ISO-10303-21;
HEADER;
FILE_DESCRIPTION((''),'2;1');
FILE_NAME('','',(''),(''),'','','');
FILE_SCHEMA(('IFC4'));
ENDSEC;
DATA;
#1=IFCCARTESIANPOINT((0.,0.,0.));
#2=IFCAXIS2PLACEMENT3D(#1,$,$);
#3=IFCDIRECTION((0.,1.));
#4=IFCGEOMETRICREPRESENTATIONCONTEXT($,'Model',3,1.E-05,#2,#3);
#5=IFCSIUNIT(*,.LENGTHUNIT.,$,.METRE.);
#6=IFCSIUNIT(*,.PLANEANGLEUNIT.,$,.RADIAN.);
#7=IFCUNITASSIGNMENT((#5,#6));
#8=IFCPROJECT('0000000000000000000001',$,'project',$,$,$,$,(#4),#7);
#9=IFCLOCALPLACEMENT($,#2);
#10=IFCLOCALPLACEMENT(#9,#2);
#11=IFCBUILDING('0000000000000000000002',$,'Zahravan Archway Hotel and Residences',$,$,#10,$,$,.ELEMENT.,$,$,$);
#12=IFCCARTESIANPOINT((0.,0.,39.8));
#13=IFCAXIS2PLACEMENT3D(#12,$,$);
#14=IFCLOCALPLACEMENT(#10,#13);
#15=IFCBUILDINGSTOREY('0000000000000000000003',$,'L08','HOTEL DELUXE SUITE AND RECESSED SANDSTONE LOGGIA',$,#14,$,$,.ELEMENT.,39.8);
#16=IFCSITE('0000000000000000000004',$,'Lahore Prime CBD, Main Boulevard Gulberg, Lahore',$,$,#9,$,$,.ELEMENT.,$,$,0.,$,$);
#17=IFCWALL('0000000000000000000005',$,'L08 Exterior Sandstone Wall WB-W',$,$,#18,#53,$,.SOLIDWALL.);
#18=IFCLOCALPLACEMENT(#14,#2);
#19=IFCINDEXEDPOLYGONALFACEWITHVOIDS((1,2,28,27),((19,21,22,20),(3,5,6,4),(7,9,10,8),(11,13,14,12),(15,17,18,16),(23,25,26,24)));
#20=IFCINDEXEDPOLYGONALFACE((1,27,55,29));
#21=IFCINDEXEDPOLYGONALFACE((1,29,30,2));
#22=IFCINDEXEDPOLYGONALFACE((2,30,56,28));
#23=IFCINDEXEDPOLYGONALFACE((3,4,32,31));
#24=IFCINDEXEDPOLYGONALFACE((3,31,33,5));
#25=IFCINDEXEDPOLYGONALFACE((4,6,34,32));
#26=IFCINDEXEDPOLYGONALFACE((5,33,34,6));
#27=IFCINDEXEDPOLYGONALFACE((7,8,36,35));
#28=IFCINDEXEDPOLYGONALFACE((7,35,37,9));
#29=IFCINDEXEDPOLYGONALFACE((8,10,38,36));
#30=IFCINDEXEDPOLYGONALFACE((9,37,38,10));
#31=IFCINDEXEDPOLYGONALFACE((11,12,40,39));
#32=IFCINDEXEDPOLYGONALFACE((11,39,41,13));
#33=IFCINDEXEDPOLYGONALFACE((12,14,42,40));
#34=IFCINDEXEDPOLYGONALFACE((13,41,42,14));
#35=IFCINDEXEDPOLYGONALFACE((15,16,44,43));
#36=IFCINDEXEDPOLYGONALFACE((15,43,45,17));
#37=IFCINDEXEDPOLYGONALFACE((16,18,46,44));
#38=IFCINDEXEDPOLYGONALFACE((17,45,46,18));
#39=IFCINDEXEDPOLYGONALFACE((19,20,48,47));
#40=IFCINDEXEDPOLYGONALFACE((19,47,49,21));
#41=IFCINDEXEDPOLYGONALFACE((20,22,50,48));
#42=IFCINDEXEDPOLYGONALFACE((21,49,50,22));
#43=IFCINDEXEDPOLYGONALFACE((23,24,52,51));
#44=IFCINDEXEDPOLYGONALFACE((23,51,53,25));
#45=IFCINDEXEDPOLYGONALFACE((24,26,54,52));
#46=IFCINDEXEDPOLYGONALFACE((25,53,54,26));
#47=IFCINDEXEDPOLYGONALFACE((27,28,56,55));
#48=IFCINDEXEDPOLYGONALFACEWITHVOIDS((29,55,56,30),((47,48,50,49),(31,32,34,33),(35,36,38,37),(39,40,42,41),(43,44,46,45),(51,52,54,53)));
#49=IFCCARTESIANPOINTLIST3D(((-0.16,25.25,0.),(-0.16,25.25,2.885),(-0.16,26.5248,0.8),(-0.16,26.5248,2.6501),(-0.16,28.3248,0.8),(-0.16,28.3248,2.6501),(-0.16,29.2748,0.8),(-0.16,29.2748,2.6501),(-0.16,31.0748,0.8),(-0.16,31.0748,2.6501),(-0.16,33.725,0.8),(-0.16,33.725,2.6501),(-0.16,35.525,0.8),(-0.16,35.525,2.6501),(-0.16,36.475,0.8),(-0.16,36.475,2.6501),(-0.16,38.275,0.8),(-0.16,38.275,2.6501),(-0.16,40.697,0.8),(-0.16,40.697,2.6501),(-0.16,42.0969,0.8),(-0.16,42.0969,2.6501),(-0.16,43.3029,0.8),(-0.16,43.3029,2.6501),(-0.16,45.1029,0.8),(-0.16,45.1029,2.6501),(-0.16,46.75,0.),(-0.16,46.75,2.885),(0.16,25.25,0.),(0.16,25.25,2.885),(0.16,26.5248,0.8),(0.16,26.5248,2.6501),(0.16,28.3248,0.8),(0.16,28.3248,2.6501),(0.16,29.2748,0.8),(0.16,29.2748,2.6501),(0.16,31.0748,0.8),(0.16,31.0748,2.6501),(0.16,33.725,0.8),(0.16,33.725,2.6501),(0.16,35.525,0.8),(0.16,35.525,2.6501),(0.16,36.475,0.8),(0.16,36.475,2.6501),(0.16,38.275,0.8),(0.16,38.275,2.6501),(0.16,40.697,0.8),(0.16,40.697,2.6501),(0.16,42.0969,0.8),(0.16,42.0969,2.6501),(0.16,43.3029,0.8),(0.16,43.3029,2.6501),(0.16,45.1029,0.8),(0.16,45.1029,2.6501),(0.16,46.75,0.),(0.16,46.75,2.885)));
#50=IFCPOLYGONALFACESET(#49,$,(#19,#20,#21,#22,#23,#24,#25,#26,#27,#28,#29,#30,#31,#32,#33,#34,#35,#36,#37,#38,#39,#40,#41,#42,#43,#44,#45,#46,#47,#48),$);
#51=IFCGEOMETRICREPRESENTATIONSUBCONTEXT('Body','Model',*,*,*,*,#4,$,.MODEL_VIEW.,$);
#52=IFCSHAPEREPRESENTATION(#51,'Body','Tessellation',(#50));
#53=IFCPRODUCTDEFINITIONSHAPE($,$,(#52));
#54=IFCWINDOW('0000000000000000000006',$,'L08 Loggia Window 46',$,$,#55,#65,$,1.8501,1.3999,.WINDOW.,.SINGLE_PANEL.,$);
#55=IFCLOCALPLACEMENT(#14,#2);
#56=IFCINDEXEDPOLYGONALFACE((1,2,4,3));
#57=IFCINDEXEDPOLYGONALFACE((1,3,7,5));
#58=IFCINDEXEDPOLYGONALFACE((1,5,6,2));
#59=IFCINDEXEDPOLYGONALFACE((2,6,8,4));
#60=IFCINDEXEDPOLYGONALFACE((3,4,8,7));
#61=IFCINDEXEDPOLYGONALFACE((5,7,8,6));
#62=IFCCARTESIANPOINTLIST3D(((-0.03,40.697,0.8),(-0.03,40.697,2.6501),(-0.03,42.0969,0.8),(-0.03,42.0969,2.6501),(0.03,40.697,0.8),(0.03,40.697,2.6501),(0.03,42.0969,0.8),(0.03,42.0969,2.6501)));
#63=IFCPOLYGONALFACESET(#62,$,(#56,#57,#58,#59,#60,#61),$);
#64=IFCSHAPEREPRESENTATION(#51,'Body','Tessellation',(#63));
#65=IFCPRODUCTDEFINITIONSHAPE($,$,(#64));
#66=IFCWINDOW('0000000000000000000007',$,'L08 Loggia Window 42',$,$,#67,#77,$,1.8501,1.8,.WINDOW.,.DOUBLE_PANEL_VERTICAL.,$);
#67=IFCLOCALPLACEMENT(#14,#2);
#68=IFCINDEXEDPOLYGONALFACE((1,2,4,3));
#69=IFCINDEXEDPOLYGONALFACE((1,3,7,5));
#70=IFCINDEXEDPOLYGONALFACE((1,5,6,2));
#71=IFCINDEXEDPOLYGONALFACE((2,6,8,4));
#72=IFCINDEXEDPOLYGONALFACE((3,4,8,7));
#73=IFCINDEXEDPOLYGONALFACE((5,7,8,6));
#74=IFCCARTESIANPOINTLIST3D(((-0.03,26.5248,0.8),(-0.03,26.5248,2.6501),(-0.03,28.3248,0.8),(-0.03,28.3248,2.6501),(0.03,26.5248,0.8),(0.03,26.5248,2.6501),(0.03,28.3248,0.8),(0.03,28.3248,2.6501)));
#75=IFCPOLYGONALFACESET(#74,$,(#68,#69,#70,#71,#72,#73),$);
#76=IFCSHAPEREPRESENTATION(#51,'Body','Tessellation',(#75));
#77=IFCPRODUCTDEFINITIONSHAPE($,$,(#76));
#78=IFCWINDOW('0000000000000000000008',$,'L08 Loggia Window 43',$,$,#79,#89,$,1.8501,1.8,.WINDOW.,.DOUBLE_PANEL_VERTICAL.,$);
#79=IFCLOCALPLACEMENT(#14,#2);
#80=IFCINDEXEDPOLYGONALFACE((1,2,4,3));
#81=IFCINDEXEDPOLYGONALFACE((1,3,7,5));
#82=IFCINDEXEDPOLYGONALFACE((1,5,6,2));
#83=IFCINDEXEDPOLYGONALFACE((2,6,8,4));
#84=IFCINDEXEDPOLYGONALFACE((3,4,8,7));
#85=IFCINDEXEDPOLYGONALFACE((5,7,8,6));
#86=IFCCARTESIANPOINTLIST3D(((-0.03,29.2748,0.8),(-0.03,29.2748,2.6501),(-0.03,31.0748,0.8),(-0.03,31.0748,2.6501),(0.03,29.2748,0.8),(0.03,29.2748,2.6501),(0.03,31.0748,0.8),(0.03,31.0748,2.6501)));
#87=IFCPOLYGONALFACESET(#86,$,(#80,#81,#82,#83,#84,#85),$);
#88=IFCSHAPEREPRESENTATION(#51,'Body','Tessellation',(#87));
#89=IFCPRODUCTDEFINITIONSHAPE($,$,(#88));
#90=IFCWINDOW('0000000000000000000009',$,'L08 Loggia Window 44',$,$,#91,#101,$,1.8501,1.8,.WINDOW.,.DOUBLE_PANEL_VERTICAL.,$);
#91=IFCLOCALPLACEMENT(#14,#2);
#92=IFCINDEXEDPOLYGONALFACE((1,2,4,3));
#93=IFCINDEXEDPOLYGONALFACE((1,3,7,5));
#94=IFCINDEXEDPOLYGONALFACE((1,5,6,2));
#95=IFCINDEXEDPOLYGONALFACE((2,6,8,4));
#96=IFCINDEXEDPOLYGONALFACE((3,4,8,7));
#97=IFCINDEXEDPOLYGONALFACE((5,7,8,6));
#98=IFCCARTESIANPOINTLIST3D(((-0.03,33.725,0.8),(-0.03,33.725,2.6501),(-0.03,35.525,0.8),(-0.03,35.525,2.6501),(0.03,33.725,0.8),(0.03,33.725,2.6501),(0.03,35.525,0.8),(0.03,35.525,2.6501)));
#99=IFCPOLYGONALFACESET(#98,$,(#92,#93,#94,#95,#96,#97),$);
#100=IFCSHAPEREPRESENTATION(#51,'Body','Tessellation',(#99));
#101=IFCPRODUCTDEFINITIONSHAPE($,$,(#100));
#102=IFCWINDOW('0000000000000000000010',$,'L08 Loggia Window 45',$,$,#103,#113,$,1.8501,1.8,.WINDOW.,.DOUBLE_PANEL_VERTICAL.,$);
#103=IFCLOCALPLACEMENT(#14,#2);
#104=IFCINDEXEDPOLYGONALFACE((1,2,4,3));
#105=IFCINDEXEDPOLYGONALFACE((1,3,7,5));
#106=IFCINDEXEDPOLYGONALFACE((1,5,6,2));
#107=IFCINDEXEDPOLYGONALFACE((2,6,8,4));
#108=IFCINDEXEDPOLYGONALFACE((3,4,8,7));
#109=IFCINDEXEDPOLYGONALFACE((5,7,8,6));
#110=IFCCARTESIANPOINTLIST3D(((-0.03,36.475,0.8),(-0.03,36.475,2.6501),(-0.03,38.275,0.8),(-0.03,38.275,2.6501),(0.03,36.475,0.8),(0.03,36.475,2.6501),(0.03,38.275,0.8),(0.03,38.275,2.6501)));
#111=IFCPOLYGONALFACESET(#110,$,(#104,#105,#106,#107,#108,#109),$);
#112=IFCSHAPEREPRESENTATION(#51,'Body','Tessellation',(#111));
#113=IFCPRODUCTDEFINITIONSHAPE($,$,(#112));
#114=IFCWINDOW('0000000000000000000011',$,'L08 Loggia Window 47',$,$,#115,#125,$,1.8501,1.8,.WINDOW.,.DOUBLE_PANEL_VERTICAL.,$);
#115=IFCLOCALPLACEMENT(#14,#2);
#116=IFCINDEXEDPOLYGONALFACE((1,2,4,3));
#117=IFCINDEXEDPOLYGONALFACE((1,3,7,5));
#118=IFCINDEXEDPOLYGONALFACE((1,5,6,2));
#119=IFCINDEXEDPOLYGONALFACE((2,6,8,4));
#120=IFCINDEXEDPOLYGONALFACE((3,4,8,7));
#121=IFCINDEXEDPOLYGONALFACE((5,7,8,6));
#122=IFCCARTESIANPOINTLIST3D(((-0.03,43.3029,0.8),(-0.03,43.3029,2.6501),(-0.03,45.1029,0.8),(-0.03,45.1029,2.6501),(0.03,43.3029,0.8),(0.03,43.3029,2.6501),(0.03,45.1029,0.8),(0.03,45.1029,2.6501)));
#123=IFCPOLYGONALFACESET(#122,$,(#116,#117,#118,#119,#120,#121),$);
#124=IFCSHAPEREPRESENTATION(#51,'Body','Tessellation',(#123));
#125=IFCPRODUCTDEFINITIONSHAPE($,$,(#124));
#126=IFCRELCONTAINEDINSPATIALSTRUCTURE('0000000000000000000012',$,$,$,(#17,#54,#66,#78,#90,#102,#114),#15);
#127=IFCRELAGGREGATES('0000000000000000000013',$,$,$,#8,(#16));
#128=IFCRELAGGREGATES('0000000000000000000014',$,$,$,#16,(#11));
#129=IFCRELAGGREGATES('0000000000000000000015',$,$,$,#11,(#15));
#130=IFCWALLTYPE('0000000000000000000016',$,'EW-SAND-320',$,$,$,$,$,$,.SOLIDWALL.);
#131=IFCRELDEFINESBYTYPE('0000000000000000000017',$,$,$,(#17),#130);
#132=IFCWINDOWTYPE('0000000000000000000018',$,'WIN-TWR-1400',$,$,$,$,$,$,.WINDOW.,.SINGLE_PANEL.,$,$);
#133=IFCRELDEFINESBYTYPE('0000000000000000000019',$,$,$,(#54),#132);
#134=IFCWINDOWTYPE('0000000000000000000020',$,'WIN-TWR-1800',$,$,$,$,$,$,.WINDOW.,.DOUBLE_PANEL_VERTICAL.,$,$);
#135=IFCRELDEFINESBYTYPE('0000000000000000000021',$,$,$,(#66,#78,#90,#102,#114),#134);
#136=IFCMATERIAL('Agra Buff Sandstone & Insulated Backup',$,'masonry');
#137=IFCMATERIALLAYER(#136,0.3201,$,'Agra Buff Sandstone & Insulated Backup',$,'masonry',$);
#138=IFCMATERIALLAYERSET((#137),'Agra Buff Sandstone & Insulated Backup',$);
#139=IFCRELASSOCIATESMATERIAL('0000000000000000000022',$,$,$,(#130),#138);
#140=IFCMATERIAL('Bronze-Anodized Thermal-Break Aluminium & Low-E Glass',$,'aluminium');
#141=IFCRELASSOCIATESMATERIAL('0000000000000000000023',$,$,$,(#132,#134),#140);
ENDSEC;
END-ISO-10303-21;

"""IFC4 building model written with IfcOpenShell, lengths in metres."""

from ifc_helpers import new_model, si_unit, direction, frame, frame_2d, origin, place, context, subcontext, project, spatial, rectangle, extrude, source, transform, mapped, material, layer, layer_set, type_object, type_shapes, element, fill, save


model = new_model("IFC4")

# Units and contexts
model_context = context("Model", 3, precision=1e-05, world=origin(), true_north=direction((0.0, 1.0)))
body_context = subcontext(model_context, "Body", "Model", "MODEL_VIEW")
ifc_project = project(units=[si_unit("LENGTHUNIT", "METRE"), si_unit("PLANEANGLEUNIT", "RADIAN")], contexts=[model_context])

# Site, building, storey
site_placement = place(None, origin())
site = spatial("IfcSite", under=ifc_project, at=site_placement, Name="Lahore Prime CBD, Main Boulevard Gulberg, Lahore", CompositionType="ELEMENT", RefElevation=0.0)
building_placement = place(site_placement, origin())
building = spatial("IfcBuilding", under=site, at=building_placement, Name="Zahravan Archway Hotel and Residences", CompositionType="ELEMENT")
storey_placement = place(building_placement, frame((0.0, 0.0, 39.8)))
storey = spatial("IfcBuildingStorey", under=building, at=storey_placement, Name="L08", Description="HOTEL DELUXE SUITE AND RECESSED SANDSTONE LOGGIA", CompositionType="ELEMENT", Elevation=39.8)

# Shared definitions
ifc_material_1 = material(Name="Agra Buff Sandstone & Insulated Backup", Category="masonry")
ifc_layer_1 = layer(ifc_material_1, 0.3201, Name="Agra Buff Sandstone & Insulated Backup", Category="masonry")
ifc_layer_set_1 = layer_set([ifc_layer_1], Name="Agra Buff Sandstone & Insulated Backup")
wall_type_1 = type_object("IfcWallType", Name="EW-SAND-320", PredefinedType="SOLIDWALL", material=ifc_layer_set_1)

# Wall, openings, windows
wall_1_placement = place(storey_placement, frame((0.0, 25.25, 0.0), z_axis=(0.0, 0.0, 1.0), x_axis=(0.0, 1.0, 0.0)))
wall_1 = element("IfcWall", 1, at=wall_1_placement, inside=storey, type_object=wall_type_1, Name="L08 Exterior Sandstone Wall WB-W", PredefinedType="SOLIDWALL", context=body_context, shape_type="SweptSolid", body=[
    extrude(rectangle(XDim=21.5, YDim=0.3201, at=frame_2d((10.75, 0.0))), origin(), (0.0, 0.0, 1.0), 2.885),
])
opening_1_placement = place(wall_1_placement, frame((1.2749, 0.0, 0.8)))
opening_1 = element("IfcOpeningElement", 2, at=opening_1_placement, cuts=wall_1, PredefinedType="OPENING", context=body_context, shape_type="SweptSolid", body=[
    extrude(rectangle(XDim=1.8, YDim=1.8501, at=frame_2d((0.8999, 0.925))), frame((0.0, 0.1699, 0.0), z_axis=(0.0, -1.0, 0.0), x_axis=(1.0, 0.0, 0.0)), (0.0, 0.0, 1.0), 0.3401),
])
opening_2_placement = place(wall_1_placement, frame((4.0249, 0.0, 0.8)))
opening_2 = element("IfcOpeningElement", 3, at=opening_2_placement, cuts=wall_1, PredefinedType="OPENING", context=body_context, shape_type="SweptSolid", body=[
    extrude(rectangle(XDim=1.8, YDim=1.8501, at=frame_2d((0.8999, 0.925))), frame((0.0, 0.1699, 0.0), z_axis=(0.0, -1.0, 0.0), x_axis=(1.0, 0.0, 0.0)), (0.0, 0.0, 1.0), 0.3401),
])
opening_3_placement = place(wall_1_placement, frame((8.4751, 0.0, 0.8)))
opening_3 = element("IfcOpeningElement", 4, at=opening_3_placement, cuts=wall_1, PredefinedType="OPENING", context=body_context, shape_type="SweptSolid", body=[
    extrude(rectangle(XDim=1.8, YDim=1.8501, at=frame_2d((0.8999, 0.925))), frame((0.0, 0.1699, 0.0), z_axis=(0.0, -1.0, 0.0), x_axis=(1.0, 0.0, 0.0)), (0.0, 0.0, 1.0), 0.3401),
])
opening_4_placement = place(wall_1_placement, frame((11.2251, 0.0, 0.8)))
opening_4 = element("IfcOpeningElement", 5, at=opening_4_placement, cuts=wall_1, PredefinedType="OPENING", context=body_context, shape_type="SweptSolid", body=[
    extrude(rectangle(XDim=1.8, YDim=1.8501, at=frame_2d((0.8999, 0.925))), frame((0.0, 0.1699, 0.0), z_axis=(0.0, -1.0, 0.0), x_axis=(1.0, 0.0, 0.0)), (0.0, 0.0, 1.0), 0.3401),
])
opening_5_placement = place(wall_1_placement, frame((15.447, 0.0, 0.8)))
opening_5 = element("IfcOpeningElement", 6, at=opening_5_placement, cuts=wall_1, PredefinedType="OPENING", context=body_context, shape_type="SweptSolid", body=[
    extrude(rectangle(XDim=1.3999, YDim=1.8501, at=frame_2d((0.7, 0.925))), frame((0.0, 0.1699, 0.0), z_axis=(0.0, -1.0, 0.0), x_axis=(1.0, 0.0, 0.0)), (0.0, 0.0, 1.0), 0.3401),
])
opening_6_placement = place(wall_1_placement, frame((18.053, 0.0, 0.8)))
opening_6 = element("IfcOpeningElement", 7, at=opening_6_placement, cuts=wall_1, PredefinedType="OPENING", context=body_context, shape_type="SweptSolid", body=[
    extrude(rectangle(XDim=1.8, YDim=1.8501, at=frame_2d((0.8999, 0.925))), frame((0.0, 0.1699, 0.0), z_axis=(0.0, -1.0, 0.0), x_axis=(1.0, 0.0, 0.0)), (0.0, 0.0, 1.0), 0.3401),
])
ifc_material_2 = material(Name="Bronze-Anodized Thermal-Break Aluminium & Low-E Glass", Category="aluminium")
window_type_1 = type_object("IfcWindowType", Name="WIN-TWR-1400", PartitioningType="SINGLE_PANEL", PredefinedType="WINDOW", material=ifc_material_2)
shared_shape_1 = source(origin(), body_context, "Body", "SweptSolid", [
    extrude(rectangle(XDim=1.3999, YDim=1.8501, at=frame_2d((0.7, 0.925))), frame((0.0, 0.03, 0.0), z_axis=(0.0, -1.0, 0.0), x_axis=(1.0, 0.0, 0.0)), (0.0, 0.0, 1.0), 0.0601),
])
type_shapes(window_type_1, [shared_shape_1])
window_1_placement = place(opening_5_placement, origin())
window_1 = element("IfcWindow", 8, at=window_1_placement, inside=storey, type_object=window_type_1, Name="L08 Loggia Window 46", OverallHeight=1.8501, OverallWidth=1.3999, PartitioningType="SINGLE_PANEL", PredefinedType="WINDOW", context=body_context, shape_type="MappedRepresentation", body=[
    mapped(shared_shape_1, transform((0.0, 0.0, 0.0), scale=1.0)),
])
fill(opening_5, window_1)
window_type_2 = type_object("IfcWindowType", Name="WIN-TWR-1800", PartitioningType="DOUBLE_PANEL_VERTICAL", PredefinedType="WINDOW", material=ifc_material_2)
shared_shape_2 = source(origin(), body_context, "Body", "SweptSolid", [
    extrude(rectangle(XDim=1.8, YDim=1.8501, at=frame_2d((0.8999, 0.925))), frame((0.0, 0.03, 0.0), z_axis=(0.0, -1.0, 0.0), x_axis=(1.0, 0.0, 0.0)), (0.0, 0.0, 1.0), 0.0601),
])
type_shapes(window_type_2, [shared_shape_2])
window_2_placement = place(opening_1_placement, origin())
window_2 = element("IfcWindow", 9, at=window_2_placement, inside=storey, type_object=window_type_2, Name="L08 Loggia Window 42", OverallHeight=1.8501, OverallWidth=1.8, PartitioningType="DOUBLE_PANEL_VERTICAL", PredefinedType="WINDOW", context=body_context, shape_type="MappedRepresentation", body=[
    mapped(shared_shape_2, transform((0.0, 0.0, 0.0), scale=1.0)),
])
fill(opening_1, window_2)
window_3_placement = place(opening_2_placement, origin())
window_3 = element("IfcWindow", 10, at=window_3_placement, inside=storey, type_object=window_type_2, Name="L08 Loggia Window 43", OverallHeight=1.8501, OverallWidth=1.8, PartitioningType="DOUBLE_PANEL_VERTICAL", PredefinedType="WINDOW", context=body_context, shape_type="MappedRepresentation", body=[
    mapped(shared_shape_2, transform((0.0, 0.0, 0.0), scale=1.0)),
])
fill(opening_2, window_3)
window_4_placement = place(opening_3_placement, origin())
window_4 = element("IfcWindow", 11, at=window_4_placement, inside=storey, type_object=window_type_2, Name="L08 Loggia Window 44", OverallHeight=1.8501, OverallWidth=1.8, PartitioningType="DOUBLE_PANEL_VERTICAL", PredefinedType="WINDOW", context=body_context, shape_type="MappedRepresentation", body=[
    mapped(shared_shape_2, transform((0.0, 0.0, 0.0), scale=1.0)),
])
fill(opening_3, window_4)
window_5_placement = place(opening_4_placement, origin())
window_5 = element("IfcWindow", 12, at=window_5_placement, inside=storey, type_object=window_type_2, Name="L08 Loggia Window 45", OverallHeight=1.8501, OverallWidth=1.8, PartitioningType="DOUBLE_PANEL_VERTICAL", PredefinedType="WINDOW", context=body_context, shape_type="MappedRepresentation", body=[
    mapped(shared_shape_2, transform((0.0, 0.0, 0.0), scale=1.0)),
])
fill(opening_4, window_5)
window_6_placement = place(opening_6_placement, origin())
window_6 = element("IfcWindow", 13, at=window_6_placement, inside=storey, type_object=window_type_2, Name="L08 Loggia Window 47", OverallHeight=1.8501, OverallWidth=1.8, PartitioningType="DOUBLE_PANEL_VERTICAL", PredefinedType="WINDOW", context=body_context, shape_type="MappedRepresentation", body=[
    mapped(shared_shape_2, transform((0.0, 0.0, 0.0), scale=1.0)),
])
fill(opening_6, window_6)

save(model, "model.ifc")
